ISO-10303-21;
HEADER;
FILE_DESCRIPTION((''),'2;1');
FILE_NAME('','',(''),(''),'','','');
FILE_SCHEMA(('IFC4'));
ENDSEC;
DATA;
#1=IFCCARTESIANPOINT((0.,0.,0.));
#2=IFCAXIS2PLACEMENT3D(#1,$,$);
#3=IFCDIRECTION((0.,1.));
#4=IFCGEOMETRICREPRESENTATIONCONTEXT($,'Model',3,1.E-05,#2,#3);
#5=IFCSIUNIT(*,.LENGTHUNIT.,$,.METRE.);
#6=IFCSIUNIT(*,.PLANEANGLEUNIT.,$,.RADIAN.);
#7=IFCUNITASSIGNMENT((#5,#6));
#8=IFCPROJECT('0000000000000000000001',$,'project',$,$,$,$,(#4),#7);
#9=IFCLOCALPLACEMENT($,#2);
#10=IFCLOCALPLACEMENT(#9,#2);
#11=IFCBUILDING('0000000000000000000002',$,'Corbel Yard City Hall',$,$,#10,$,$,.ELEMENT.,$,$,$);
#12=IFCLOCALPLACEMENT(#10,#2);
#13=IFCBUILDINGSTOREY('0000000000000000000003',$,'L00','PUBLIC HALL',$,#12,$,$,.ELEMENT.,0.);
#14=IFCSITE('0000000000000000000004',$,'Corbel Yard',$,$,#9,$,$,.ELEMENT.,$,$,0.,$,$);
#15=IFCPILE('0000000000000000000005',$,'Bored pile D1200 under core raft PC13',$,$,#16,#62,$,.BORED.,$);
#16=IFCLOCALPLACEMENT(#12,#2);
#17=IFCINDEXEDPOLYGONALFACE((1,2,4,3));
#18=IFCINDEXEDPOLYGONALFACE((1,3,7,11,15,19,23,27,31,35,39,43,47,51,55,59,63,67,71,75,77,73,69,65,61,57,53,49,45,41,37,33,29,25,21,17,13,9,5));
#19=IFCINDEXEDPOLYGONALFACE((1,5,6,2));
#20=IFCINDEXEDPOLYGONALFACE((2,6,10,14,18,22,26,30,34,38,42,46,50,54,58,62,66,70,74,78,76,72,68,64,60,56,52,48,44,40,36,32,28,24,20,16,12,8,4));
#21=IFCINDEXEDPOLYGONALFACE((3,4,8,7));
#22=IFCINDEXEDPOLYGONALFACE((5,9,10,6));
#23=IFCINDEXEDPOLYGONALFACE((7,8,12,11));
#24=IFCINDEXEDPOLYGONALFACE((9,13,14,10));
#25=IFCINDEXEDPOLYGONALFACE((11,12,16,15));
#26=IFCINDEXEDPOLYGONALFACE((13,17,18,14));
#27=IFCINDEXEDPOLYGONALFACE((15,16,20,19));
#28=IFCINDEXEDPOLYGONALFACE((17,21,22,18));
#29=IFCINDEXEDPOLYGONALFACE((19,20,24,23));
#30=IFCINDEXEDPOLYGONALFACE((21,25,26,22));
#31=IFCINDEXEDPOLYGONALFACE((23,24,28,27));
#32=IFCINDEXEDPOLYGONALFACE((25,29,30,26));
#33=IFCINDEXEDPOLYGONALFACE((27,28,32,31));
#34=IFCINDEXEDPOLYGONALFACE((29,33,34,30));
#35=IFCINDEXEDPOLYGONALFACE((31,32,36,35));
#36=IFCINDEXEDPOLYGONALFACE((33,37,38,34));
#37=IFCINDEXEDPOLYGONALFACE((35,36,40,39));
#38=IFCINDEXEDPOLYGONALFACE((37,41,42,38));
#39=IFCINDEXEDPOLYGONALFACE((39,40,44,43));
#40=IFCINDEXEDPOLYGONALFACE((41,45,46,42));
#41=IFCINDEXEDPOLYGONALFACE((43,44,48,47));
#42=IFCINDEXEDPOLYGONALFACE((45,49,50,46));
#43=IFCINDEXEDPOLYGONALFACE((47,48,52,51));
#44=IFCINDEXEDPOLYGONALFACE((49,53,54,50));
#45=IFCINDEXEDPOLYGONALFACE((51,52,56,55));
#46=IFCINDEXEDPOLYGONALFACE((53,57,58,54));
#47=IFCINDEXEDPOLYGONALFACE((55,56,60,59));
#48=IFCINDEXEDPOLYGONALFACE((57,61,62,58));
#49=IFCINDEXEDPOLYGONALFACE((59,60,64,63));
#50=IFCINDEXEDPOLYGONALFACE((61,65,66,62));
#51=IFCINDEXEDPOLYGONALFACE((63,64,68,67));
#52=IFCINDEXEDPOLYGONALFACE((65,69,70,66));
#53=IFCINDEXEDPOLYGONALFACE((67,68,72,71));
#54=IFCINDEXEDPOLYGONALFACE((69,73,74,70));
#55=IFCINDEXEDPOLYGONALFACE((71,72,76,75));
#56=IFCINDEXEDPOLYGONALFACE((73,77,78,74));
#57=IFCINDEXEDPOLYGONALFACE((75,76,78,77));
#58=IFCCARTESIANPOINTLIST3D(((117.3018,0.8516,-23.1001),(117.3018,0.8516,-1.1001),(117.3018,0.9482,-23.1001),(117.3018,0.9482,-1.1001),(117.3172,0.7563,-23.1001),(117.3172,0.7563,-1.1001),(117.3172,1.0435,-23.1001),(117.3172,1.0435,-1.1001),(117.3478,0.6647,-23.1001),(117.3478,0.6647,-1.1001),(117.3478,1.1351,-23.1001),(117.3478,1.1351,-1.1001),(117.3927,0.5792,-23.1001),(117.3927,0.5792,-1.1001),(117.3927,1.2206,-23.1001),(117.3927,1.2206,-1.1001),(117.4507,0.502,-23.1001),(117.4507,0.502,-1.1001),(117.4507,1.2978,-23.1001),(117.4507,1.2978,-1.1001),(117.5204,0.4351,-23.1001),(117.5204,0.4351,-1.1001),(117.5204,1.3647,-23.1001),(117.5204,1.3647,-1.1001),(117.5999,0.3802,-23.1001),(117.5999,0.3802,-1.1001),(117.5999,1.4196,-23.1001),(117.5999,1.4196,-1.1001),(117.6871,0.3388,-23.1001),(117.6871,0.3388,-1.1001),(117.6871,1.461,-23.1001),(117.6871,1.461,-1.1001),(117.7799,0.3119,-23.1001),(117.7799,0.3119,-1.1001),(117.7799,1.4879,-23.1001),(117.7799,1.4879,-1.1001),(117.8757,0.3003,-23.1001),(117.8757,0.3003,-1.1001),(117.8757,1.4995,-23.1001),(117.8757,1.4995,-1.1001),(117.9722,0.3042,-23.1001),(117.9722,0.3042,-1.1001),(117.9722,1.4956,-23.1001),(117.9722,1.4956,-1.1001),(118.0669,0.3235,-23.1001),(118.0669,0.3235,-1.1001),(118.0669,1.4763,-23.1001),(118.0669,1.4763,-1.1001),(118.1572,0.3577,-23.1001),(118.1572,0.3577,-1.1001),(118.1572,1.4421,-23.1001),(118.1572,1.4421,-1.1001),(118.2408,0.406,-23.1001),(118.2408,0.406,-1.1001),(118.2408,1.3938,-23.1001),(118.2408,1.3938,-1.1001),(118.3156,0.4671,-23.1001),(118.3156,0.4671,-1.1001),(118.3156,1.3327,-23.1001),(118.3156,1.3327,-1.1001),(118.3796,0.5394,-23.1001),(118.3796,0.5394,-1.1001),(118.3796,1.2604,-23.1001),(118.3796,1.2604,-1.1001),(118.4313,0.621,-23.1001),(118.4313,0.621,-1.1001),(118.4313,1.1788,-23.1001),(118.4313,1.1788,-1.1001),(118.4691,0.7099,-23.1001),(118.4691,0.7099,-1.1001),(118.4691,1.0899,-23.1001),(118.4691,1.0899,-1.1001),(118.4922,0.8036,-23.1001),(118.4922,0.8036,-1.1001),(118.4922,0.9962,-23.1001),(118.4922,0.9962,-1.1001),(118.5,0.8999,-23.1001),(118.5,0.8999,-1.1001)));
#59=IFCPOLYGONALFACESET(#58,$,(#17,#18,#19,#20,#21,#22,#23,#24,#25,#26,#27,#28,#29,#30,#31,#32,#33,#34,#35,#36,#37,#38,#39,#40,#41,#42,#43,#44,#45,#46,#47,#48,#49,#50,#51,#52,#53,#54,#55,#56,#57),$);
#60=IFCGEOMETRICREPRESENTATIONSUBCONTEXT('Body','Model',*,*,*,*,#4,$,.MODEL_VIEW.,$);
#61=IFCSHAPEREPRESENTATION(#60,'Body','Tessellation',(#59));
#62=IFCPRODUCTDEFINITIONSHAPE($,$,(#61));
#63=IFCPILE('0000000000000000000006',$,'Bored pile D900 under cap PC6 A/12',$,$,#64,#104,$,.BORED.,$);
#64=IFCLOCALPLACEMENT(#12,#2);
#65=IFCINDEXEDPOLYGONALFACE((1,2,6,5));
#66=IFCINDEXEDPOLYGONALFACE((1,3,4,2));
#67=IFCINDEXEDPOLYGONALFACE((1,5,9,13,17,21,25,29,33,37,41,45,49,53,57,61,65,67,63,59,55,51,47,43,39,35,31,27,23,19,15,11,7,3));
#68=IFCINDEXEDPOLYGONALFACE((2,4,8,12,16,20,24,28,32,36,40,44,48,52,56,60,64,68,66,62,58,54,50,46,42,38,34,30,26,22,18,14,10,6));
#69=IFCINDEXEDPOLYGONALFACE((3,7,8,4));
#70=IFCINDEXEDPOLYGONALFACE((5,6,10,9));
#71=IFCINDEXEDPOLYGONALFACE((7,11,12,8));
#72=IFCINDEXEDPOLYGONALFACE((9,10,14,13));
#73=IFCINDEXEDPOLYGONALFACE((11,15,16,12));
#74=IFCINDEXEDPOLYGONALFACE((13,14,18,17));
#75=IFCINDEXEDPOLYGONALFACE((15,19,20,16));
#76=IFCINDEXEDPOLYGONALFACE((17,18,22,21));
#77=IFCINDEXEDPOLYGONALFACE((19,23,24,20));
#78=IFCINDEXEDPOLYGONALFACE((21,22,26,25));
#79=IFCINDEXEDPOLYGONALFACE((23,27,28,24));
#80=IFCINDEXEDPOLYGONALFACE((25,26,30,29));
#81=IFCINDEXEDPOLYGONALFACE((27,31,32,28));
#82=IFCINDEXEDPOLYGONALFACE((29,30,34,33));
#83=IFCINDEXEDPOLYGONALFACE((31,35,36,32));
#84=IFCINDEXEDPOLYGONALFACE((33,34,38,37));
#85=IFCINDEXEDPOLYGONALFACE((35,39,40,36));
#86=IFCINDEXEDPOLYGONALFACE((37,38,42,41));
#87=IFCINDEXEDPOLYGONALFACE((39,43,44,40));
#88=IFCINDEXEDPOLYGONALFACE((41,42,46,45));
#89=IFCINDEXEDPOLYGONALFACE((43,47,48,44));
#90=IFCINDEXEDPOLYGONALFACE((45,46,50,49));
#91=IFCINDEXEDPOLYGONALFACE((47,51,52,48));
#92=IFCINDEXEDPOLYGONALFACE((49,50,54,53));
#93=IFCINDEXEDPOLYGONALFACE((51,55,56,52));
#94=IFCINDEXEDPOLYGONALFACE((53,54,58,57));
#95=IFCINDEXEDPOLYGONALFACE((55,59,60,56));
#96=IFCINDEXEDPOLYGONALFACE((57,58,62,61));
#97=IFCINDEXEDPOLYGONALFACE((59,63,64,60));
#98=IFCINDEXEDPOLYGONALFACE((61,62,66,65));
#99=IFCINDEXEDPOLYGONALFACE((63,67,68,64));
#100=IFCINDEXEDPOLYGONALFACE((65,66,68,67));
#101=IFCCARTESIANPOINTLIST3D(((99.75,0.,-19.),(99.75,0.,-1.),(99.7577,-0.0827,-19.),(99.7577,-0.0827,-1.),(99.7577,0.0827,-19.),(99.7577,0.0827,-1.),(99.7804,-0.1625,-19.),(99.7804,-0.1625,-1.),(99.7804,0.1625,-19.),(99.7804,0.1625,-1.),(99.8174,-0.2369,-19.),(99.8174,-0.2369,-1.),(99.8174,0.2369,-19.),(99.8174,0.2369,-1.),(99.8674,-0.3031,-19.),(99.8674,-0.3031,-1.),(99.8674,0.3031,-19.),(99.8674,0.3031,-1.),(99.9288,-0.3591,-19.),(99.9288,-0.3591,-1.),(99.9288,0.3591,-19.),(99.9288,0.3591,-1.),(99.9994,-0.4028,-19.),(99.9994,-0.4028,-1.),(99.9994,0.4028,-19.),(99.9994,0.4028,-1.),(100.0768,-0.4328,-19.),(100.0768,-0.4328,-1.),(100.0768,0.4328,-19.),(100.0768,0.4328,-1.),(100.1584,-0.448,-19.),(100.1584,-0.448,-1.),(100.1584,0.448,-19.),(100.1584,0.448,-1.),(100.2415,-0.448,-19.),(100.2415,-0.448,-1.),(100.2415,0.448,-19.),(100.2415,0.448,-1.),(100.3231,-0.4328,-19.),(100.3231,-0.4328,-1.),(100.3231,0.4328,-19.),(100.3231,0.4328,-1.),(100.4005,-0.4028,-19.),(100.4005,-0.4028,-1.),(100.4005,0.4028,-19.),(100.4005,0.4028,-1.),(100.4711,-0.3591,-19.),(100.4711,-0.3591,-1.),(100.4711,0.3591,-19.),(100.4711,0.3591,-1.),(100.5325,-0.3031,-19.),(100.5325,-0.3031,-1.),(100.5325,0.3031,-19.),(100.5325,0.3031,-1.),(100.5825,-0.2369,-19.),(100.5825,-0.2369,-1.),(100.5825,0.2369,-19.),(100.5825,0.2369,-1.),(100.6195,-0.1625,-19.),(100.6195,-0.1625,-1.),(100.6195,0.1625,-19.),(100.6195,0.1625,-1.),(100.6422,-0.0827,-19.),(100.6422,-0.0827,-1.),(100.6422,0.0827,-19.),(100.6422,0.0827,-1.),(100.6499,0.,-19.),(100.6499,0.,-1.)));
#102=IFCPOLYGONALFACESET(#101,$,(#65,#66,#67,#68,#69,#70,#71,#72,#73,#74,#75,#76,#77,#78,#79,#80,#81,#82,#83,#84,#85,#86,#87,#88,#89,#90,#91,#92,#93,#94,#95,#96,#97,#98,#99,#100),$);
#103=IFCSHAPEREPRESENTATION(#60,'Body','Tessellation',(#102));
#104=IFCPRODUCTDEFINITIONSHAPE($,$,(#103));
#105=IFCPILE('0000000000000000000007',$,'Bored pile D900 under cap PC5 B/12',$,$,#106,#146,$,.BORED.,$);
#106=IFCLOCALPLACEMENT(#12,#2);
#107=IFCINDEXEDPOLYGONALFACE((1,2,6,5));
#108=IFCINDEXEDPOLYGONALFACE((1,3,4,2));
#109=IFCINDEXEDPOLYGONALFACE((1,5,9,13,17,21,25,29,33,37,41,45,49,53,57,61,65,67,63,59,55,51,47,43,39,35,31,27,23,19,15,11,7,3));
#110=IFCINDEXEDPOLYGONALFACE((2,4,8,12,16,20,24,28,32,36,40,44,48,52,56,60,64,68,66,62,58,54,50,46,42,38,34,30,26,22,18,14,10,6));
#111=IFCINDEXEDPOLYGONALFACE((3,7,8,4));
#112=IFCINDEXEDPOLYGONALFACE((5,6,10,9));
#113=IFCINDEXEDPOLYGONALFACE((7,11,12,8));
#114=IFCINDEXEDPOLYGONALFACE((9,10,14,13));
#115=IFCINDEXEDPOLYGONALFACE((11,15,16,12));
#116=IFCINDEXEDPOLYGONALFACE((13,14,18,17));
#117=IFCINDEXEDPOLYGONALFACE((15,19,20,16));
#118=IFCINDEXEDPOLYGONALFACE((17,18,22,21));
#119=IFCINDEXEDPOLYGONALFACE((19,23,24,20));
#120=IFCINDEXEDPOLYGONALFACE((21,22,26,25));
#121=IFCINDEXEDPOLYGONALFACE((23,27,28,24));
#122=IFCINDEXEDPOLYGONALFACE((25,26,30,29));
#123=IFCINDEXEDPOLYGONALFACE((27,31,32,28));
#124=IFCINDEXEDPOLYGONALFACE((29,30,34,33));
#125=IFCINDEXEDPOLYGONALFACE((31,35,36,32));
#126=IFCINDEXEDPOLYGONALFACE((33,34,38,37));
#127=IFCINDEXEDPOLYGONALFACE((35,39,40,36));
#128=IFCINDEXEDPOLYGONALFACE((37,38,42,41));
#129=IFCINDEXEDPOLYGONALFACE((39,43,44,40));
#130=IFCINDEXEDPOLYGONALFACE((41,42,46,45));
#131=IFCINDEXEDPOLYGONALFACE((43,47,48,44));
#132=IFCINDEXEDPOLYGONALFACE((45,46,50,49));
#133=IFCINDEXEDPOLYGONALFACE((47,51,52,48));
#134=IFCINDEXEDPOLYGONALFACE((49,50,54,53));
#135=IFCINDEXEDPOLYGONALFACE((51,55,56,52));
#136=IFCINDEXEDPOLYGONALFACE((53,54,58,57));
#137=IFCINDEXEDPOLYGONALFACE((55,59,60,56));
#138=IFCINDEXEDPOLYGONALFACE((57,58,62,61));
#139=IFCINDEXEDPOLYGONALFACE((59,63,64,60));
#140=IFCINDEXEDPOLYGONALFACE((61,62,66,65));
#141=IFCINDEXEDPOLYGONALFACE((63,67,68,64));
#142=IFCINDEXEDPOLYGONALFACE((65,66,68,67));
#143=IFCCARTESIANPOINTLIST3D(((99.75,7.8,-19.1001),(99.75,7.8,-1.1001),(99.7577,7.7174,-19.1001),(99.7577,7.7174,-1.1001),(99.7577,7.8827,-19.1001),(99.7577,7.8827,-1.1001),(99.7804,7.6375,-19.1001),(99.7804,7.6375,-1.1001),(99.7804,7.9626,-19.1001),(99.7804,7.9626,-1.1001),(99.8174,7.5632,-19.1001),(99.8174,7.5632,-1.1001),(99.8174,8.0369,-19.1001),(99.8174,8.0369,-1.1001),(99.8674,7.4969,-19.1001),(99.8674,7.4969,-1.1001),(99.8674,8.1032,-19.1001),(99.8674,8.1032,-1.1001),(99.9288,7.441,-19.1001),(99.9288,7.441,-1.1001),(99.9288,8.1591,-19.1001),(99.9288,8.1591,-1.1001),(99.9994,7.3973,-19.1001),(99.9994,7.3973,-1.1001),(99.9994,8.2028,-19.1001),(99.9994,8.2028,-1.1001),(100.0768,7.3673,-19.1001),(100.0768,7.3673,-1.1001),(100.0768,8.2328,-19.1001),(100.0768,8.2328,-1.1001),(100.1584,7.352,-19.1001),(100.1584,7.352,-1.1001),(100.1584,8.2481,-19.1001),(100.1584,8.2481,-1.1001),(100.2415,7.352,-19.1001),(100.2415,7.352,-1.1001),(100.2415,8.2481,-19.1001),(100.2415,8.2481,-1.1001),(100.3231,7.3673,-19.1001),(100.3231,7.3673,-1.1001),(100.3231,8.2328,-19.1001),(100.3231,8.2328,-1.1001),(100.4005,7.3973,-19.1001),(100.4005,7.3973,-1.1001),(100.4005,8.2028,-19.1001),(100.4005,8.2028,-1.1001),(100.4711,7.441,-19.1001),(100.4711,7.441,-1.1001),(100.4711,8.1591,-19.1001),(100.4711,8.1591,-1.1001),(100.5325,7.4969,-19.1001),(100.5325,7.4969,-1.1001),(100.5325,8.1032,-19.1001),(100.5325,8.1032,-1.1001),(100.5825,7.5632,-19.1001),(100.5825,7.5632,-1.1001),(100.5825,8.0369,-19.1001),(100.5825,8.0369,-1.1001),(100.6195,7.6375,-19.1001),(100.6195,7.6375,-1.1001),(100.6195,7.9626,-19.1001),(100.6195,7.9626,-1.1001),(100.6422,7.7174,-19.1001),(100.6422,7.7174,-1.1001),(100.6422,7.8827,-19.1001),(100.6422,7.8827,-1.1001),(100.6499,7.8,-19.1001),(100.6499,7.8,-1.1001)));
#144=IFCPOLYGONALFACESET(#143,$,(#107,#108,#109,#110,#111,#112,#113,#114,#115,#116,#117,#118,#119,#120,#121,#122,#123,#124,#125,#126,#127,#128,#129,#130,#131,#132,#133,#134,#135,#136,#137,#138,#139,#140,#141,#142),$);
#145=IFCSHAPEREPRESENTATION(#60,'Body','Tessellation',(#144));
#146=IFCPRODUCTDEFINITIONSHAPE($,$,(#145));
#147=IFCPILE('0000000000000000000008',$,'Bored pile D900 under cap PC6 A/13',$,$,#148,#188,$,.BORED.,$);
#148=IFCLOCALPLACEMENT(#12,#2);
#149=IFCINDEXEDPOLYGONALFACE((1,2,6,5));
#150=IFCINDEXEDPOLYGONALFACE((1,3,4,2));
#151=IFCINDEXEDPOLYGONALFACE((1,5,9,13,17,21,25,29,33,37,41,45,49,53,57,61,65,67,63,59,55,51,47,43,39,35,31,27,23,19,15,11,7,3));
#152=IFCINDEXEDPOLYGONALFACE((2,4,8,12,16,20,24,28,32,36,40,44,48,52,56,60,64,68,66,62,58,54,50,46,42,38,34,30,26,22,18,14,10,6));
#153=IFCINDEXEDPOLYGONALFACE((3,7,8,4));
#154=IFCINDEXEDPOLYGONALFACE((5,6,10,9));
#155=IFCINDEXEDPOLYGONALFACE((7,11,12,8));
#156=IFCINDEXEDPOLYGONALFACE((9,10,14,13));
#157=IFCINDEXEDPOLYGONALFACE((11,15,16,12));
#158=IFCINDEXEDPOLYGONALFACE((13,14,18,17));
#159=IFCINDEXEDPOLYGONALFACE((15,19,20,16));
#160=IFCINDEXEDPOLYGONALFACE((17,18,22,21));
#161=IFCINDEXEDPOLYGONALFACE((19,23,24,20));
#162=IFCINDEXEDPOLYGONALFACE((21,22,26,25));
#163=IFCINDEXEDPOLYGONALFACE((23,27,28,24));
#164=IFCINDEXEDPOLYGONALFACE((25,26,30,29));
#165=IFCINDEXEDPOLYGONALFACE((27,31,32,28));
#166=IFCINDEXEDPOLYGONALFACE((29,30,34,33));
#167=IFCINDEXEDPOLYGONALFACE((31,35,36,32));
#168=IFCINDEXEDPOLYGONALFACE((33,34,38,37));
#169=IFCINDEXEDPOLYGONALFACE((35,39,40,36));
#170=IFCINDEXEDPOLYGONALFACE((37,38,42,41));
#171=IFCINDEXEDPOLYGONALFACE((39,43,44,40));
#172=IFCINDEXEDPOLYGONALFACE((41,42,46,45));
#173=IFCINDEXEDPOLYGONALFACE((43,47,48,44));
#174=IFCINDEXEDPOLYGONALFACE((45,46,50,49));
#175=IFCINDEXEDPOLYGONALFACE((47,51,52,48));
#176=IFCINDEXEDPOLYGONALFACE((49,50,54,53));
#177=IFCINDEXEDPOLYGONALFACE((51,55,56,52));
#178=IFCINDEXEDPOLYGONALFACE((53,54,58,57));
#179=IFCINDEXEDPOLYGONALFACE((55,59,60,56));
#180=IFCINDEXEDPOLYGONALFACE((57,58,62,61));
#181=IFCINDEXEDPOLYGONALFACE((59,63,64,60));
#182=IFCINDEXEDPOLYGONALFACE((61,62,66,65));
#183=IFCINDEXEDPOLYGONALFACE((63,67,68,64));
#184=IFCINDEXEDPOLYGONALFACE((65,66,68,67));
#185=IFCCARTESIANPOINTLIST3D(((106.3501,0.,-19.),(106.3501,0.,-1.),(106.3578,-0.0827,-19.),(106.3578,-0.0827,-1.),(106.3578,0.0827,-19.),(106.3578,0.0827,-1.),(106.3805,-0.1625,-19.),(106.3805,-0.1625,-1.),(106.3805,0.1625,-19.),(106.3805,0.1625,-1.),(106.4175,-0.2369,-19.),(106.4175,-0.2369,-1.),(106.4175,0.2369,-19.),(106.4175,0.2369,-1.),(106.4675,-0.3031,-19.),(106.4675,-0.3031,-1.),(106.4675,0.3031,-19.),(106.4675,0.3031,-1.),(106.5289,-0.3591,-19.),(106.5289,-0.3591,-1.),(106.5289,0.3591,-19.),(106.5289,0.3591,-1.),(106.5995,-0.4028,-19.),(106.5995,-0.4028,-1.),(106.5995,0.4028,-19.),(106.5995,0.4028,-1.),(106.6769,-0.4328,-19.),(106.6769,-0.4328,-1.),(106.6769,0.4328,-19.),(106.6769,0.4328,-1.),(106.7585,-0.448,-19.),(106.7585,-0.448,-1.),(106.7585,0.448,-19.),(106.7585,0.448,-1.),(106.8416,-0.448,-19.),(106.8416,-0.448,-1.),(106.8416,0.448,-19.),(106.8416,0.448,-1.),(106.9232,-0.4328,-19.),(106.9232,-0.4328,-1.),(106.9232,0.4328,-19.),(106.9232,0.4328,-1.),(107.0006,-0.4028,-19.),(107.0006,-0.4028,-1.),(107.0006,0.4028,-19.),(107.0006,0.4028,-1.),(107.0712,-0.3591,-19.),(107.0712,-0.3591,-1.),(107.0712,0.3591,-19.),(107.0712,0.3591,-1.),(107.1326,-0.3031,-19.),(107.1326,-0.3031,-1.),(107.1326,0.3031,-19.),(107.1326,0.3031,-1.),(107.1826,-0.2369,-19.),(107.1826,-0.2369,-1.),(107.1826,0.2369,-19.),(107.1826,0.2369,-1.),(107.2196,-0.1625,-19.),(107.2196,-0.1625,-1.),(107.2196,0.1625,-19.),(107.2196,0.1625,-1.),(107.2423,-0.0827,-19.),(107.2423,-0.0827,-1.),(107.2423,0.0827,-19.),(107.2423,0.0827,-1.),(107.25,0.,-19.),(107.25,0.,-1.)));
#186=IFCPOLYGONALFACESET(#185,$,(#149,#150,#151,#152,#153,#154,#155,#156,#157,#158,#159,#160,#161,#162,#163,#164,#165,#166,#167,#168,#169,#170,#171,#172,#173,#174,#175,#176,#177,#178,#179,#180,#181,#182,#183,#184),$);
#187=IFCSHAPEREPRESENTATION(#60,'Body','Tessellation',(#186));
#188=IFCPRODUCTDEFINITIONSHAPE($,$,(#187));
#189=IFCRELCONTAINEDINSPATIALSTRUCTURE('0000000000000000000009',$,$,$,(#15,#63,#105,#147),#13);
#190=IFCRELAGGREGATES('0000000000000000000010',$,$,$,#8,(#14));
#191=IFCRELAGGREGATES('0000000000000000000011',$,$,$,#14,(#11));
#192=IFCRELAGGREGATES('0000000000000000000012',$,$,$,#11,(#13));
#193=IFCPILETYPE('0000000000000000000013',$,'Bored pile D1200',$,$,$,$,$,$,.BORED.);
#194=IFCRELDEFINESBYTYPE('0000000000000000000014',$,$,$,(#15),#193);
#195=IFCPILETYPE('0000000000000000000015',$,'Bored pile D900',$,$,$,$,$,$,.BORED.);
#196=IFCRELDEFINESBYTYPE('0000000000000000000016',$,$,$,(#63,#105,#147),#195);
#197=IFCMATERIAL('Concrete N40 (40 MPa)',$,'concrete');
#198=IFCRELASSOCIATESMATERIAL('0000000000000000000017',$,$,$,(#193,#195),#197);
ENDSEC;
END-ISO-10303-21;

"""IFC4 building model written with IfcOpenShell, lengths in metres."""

from ifc_helpers import new_model, si_unit, direction, frame, origin, origin_2d, place, context, subcontext, project, spatial, circle, extrude, material, material_profile, profile_set, type_object, element, save


model = new_model("IFC4")

# Units and contexts
model_context = context("Model", 3, precision=1e-05, world=origin(), true_north=direction((0.0, 1.0)))
body_context = subcontext(model_context, "Body", "Model", "MODEL_VIEW")
ifc_project = project(units=[si_unit("LENGTHUNIT", "METRE"), si_unit("PLANEANGLEUNIT", "RADIAN")], contexts=[model_context])

# Site, building, storey
site_placement = place(None, origin())
site = spatial("IfcSite", under=ifc_project, at=site_placement, Name="Corbel Yard", CompositionType="ELEMENT", RefElevation=0.0)
building_placement = place(site_placement, origin())
building = spatial("IfcBuilding", under=site, at=building_placement, Name="Corbel Yard City Hall", CompositionType="ELEMENT")
storey_placement = place(building_placement, origin())
storey = spatial("IfcBuildingStorey", under=building, at=storey_placement, Name="L00", Description="PUBLIC HALL", CompositionType="ELEMENT", Elevation=0.0)

# Piles
ifc_material_1 = material(Name="Concrete N40 (40 MPa)", Category="concrete")
ifc_material_profile_1 = material_profile(ifc_material_1, circle(Radius=0.6001, at=origin_2d()), Name="D1200")
ifc_profile_set_1 = profile_set([ifc_material_profile_1], Name="Concrete N40 (40 MPa)")
pile_type_1 = type_object("IfcPileType", Name="Bored pile D1200", PredefinedType="BORED", material=ifc_profile_set_1)
pile_placement = place(storey_placement, frame((117.8999, 0.8999, -1.1001), z_axis=(0.0, 0.0, -1.0), x_axis=(1.0, 0.0, 0.0)))
element("IfcPile", 1, at=pile_placement, inside=storey, type_object=pile_type_1, Name="Bored pile D1200 under core raft PC13", PredefinedType="BORED", context=body_context, shape_type="SweptSolid", body=[
    extrude(circle(Radius=0.6001, at=origin_2d()), origin(), (0.0, 0.0, 1.0), 22.0),
])
ifc_material_profile_2 = material_profile(ifc_material_1, circle(Radius=0.45, at=origin_2d()), Name="D900")
ifc_profile_set_2 = profile_set([ifc_material_profile_2], Name="Concrete N40 (40 MPa)")
pile_type_2 = type_object("IfcPileType", Name="Bored pile D900", PredefinedType="BORED", material=ifc_profile_set_2)
for number, where, z_axis, x_axis, name in (
    (2, (100.2, 0.0, -1.0), (0.0, 0.0, -1.0), (1.0, 0.0, 0.0), "Bored pile D900 under cap PC6 A/12"),
    (3, (100.2, 7.8, -1.1001), (0.0, 0.0, -1.0), (1.0, 0.0, 0.0), "Bored pile D900 under cap PC5 B/12"),
    (4, (106.8, 0.0, -1.0), (0.0, 0.0, -1.0), (1.0, 0.0, 0.0), "Bored pile D900 under cap PC6 A/13"),
):
    element("IfcPile", number, at=place(storey_placement, frame(where, z_axis=z_axis, x_axis=x_axis)), inside=storey, type_object=pile_type_2, Name=name, PredefinedType="BORED", context=body_context, shape_type="SweptSolid", body=[
        extrude(circle(Radius=0.45, at=origin_2d()), origin(), (0.0, 0.0, 1.0), 18.0),
    ])

save(model, "model.ifc")
